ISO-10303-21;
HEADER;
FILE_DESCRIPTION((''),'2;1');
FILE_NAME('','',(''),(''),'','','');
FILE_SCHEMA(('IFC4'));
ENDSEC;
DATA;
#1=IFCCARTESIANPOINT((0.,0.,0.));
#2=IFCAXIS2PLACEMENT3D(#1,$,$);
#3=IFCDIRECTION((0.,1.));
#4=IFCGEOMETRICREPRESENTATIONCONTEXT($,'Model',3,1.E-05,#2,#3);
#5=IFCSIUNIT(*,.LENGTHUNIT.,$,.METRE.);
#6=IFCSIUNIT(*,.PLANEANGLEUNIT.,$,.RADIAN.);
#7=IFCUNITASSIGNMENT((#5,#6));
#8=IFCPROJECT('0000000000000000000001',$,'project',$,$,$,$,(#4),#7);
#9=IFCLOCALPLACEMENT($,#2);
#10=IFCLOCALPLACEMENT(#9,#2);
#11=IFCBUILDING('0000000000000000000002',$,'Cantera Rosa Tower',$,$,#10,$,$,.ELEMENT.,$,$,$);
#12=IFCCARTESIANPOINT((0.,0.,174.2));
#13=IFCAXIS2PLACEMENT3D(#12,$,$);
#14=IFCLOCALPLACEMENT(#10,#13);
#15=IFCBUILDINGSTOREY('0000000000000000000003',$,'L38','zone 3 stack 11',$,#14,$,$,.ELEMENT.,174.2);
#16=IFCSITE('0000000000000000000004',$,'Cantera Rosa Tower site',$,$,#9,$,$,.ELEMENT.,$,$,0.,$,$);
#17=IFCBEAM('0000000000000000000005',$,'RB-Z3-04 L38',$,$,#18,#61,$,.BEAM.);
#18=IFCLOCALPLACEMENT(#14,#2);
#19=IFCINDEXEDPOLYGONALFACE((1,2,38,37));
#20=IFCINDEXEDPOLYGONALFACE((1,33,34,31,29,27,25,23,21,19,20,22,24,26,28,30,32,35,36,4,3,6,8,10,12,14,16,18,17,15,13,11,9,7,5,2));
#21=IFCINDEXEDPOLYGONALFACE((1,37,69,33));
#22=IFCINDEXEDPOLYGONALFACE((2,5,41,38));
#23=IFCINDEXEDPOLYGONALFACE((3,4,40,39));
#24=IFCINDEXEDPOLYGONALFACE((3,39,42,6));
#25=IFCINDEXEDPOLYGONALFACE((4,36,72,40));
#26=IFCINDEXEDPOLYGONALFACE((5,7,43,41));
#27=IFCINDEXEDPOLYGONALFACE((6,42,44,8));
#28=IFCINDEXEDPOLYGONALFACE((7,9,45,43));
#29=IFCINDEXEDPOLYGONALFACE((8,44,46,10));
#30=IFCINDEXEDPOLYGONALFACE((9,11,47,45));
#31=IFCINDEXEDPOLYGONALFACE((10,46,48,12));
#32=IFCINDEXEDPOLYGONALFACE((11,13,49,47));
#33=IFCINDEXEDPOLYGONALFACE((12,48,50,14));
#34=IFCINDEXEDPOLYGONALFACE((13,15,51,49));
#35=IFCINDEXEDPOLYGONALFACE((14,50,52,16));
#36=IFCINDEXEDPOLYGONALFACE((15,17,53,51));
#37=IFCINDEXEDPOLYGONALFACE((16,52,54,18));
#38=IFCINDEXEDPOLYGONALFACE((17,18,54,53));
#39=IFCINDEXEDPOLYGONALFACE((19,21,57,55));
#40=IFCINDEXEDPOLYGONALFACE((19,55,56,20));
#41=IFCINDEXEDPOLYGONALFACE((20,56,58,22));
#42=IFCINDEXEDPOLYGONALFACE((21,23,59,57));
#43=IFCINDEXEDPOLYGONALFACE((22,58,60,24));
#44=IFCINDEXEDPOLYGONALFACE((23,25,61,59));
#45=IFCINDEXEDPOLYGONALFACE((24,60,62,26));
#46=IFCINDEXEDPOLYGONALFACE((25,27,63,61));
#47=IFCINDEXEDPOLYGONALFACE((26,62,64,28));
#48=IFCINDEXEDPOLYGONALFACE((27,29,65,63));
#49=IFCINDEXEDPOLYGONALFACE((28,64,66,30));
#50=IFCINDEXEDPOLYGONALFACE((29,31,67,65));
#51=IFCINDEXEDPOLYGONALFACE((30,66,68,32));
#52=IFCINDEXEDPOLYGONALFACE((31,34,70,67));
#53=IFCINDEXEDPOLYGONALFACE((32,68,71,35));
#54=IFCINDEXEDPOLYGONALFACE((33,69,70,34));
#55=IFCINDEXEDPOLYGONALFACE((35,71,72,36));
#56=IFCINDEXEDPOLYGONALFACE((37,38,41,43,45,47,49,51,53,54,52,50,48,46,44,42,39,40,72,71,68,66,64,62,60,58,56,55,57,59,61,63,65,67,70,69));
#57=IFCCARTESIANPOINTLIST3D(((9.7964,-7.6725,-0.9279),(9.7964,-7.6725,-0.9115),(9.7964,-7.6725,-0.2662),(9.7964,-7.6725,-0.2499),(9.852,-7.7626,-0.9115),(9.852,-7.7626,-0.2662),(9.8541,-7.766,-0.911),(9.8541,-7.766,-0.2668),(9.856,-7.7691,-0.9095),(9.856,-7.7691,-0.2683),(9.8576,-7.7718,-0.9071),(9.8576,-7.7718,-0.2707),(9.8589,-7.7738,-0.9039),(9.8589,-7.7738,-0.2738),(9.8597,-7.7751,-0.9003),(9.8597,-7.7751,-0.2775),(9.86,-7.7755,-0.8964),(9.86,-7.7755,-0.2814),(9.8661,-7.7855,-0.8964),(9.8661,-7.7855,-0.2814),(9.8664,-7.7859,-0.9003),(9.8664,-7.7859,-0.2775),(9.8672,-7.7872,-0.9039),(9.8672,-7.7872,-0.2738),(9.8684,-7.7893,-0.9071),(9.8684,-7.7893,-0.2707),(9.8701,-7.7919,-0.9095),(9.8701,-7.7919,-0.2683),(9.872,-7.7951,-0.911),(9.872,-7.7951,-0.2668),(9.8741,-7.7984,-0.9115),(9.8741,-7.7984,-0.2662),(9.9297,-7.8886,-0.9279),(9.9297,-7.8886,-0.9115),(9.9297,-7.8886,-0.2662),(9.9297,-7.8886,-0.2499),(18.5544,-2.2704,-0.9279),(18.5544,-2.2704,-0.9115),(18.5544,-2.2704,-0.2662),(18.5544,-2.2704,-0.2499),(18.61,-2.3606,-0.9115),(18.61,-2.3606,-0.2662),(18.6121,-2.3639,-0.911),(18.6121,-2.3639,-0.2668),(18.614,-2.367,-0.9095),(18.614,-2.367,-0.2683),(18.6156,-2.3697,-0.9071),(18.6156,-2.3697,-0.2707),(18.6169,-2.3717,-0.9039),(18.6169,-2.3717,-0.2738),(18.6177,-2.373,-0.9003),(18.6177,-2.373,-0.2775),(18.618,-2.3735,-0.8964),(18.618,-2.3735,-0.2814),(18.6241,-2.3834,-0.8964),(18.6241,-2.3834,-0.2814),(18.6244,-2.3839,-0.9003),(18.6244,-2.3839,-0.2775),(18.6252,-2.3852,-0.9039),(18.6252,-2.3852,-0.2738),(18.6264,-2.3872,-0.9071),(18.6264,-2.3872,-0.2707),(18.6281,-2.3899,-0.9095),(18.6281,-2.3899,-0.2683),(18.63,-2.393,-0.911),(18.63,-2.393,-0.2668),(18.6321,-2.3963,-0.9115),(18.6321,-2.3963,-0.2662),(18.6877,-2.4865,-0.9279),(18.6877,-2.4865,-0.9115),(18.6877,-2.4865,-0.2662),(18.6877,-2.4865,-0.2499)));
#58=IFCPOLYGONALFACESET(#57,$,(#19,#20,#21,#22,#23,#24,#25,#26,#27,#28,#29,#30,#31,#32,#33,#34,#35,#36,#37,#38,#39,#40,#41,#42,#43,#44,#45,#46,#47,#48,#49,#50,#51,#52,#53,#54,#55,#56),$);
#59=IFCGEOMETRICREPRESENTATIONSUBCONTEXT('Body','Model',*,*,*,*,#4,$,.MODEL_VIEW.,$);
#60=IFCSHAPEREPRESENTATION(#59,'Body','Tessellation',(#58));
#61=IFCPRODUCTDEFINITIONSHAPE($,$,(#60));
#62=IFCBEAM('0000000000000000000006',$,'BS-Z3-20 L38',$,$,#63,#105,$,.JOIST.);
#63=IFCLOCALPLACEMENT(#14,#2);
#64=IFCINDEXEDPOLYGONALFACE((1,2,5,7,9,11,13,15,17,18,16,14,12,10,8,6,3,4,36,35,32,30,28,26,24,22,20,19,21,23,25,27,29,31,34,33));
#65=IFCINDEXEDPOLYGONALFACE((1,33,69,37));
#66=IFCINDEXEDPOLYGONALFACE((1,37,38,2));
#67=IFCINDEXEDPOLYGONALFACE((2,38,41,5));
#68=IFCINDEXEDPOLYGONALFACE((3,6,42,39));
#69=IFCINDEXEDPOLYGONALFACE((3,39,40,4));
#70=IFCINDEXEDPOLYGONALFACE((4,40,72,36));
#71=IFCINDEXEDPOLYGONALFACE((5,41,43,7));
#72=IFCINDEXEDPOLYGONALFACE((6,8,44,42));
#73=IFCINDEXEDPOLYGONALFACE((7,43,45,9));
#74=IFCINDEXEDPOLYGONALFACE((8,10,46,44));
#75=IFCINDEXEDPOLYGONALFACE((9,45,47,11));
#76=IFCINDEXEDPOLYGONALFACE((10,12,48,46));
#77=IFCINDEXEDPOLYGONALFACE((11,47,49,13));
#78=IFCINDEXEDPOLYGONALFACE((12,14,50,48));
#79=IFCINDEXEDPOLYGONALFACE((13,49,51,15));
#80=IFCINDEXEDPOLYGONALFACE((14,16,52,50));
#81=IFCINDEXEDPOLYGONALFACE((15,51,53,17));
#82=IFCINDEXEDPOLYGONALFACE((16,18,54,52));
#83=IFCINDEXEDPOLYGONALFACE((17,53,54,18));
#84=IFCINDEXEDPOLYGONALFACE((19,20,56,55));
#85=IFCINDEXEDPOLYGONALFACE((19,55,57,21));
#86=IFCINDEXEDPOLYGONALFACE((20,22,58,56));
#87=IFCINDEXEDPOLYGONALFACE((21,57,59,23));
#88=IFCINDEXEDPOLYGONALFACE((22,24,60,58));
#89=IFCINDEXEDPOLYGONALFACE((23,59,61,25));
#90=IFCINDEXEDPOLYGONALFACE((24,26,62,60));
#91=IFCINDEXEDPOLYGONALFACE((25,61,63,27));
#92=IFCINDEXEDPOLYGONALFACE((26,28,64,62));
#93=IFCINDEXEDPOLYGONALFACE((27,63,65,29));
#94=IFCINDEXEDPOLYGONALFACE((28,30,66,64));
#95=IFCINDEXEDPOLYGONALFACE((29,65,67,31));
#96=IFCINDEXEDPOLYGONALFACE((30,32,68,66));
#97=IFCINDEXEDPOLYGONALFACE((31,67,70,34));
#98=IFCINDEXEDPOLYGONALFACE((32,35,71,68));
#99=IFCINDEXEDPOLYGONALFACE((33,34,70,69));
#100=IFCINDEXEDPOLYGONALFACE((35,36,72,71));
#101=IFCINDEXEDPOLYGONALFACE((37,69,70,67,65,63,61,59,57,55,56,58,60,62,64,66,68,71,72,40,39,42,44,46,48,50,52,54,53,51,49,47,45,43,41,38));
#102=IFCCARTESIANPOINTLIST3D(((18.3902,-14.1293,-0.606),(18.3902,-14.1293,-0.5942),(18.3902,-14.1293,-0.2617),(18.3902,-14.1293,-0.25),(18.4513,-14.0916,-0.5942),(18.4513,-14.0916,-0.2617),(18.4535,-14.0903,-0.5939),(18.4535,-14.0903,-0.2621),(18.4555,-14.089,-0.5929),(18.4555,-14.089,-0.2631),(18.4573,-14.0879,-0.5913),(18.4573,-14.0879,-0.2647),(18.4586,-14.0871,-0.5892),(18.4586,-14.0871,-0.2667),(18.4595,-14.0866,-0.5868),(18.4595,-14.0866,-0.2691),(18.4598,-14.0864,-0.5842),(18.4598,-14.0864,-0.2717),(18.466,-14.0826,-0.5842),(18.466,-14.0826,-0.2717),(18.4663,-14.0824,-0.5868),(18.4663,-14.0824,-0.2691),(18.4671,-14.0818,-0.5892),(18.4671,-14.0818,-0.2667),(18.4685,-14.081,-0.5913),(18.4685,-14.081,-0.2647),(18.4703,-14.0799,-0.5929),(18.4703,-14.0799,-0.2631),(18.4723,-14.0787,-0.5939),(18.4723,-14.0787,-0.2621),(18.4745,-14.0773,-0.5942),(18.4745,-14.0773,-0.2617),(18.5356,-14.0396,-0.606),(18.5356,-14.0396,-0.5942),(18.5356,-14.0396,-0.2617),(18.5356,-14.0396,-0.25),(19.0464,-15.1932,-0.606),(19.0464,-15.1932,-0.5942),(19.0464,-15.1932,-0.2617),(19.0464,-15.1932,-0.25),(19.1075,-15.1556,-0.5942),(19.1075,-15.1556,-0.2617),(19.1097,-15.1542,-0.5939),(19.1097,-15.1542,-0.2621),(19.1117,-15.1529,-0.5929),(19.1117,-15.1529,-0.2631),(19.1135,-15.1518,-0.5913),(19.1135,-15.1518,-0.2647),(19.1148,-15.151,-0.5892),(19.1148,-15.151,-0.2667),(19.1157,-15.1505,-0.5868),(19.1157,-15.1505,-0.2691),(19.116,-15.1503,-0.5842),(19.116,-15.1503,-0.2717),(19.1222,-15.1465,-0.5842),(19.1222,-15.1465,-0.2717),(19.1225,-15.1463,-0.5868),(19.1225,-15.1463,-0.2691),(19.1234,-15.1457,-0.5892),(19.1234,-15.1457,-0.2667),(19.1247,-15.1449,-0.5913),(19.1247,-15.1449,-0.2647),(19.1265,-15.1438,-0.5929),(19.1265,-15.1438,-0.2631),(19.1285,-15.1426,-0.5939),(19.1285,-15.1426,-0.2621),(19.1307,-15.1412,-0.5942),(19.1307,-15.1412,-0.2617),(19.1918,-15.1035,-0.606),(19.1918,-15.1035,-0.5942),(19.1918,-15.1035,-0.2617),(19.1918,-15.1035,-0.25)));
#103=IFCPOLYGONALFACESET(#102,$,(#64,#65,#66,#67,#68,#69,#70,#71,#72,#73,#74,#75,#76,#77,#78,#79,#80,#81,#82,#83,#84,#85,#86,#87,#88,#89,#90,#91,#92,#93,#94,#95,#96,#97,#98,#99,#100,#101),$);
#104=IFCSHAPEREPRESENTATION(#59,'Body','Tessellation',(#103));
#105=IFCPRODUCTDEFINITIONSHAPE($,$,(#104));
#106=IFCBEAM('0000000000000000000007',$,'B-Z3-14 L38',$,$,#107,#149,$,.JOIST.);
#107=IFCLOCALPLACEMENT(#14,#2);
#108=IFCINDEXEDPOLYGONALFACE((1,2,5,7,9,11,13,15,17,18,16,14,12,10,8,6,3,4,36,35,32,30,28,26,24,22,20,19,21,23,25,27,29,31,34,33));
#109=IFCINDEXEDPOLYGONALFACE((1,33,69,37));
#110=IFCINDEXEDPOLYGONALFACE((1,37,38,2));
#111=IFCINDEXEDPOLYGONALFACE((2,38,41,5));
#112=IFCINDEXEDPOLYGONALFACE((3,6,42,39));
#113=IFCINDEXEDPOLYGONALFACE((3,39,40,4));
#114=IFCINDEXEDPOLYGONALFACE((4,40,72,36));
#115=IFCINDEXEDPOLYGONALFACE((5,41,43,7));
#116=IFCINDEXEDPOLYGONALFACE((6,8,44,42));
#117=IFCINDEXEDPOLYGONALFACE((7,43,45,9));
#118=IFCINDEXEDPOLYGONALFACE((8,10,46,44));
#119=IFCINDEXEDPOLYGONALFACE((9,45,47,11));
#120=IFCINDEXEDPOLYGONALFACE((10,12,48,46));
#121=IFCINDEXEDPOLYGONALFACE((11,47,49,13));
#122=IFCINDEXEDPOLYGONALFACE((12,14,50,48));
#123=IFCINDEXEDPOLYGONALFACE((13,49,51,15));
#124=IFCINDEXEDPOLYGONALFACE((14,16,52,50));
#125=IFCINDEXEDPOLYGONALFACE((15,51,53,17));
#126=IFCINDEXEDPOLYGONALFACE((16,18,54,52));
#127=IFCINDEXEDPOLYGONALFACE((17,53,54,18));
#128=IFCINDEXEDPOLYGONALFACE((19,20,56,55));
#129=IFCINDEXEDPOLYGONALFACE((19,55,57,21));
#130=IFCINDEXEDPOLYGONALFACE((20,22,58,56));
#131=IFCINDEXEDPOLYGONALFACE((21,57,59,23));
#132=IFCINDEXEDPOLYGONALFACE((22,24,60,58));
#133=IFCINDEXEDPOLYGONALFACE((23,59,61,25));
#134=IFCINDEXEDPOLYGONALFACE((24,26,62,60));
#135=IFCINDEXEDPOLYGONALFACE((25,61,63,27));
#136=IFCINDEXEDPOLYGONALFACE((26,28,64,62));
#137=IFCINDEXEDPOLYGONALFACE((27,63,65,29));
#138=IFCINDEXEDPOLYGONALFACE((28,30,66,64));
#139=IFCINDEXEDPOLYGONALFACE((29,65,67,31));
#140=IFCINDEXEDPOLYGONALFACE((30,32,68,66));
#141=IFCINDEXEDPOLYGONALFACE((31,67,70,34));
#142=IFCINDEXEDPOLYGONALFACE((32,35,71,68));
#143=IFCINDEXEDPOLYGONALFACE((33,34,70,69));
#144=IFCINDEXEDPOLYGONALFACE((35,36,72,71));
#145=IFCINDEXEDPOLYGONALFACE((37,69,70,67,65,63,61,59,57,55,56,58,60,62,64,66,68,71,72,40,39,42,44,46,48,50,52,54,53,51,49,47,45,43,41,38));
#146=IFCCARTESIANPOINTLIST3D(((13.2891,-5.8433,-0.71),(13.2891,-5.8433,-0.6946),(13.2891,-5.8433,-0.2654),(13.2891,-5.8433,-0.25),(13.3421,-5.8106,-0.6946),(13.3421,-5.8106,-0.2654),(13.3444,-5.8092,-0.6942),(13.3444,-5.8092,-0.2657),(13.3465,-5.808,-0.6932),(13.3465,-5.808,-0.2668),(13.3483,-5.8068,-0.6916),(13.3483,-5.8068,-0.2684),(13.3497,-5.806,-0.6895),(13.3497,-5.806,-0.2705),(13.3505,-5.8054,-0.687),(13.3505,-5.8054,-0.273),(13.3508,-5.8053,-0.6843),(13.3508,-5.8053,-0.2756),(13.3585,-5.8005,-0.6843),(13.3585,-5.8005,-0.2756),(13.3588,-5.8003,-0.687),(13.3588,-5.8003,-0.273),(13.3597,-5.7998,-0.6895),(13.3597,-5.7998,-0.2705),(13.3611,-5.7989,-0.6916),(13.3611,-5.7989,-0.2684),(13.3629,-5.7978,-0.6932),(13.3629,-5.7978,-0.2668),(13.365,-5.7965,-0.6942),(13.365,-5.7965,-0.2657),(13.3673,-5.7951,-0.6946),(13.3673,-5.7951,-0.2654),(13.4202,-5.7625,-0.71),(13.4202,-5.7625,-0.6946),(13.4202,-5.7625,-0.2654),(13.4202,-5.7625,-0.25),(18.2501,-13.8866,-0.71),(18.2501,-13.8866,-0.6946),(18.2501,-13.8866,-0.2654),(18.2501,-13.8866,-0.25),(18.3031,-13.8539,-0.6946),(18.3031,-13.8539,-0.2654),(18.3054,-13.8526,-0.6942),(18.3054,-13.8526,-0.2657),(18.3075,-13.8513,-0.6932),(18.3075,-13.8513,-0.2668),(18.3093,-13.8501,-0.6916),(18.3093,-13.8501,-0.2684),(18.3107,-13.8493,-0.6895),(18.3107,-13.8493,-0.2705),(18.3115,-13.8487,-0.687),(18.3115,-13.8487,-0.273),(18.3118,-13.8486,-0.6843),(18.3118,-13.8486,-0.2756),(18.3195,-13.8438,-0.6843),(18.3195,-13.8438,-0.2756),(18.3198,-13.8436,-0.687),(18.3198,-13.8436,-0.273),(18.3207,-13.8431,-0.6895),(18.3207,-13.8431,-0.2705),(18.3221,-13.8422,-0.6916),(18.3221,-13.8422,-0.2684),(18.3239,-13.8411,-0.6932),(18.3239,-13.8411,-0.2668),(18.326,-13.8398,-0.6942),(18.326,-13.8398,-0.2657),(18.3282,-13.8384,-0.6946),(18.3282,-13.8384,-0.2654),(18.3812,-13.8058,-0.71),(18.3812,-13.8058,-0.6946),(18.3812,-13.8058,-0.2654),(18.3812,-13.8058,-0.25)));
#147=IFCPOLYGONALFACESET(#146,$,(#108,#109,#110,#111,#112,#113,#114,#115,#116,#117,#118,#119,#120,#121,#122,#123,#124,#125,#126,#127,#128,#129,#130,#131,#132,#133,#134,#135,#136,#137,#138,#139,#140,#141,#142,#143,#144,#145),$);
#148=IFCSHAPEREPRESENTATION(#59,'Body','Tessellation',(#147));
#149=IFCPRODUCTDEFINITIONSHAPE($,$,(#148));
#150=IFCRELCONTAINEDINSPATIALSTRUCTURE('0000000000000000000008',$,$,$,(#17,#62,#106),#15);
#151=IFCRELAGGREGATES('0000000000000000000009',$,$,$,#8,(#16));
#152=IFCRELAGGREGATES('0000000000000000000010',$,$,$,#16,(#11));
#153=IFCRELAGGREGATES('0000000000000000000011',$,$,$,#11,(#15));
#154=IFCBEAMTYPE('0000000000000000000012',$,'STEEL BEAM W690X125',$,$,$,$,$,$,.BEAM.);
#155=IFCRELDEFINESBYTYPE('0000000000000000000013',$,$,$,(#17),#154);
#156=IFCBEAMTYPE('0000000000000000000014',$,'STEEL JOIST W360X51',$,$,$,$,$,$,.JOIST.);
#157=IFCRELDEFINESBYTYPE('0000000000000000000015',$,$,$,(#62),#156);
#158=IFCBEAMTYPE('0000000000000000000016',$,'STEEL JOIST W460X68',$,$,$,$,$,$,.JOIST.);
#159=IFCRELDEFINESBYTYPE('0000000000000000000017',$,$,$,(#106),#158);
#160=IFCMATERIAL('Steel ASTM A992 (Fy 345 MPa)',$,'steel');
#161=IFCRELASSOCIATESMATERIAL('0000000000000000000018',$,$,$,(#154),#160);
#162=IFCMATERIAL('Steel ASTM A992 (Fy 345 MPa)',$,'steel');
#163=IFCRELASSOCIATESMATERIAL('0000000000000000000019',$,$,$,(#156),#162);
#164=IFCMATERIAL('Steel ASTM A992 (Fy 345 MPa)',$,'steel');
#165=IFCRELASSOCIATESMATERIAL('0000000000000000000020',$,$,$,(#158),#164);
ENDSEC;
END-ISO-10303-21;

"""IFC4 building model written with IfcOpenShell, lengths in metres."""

from ifc_helpers import new_model, si_unit, direction, frame, origin, origin_2d, place, context, subcontext, project, spatial, i_section, extrude, material, material_profile, profile_set, type_object, element, save


model = new_model("IFC4")

# Units and contexts
model_context = context("Model", 3, precision=1e-05, world=origin(), true_north=direction((0.0, 1.0)))
body_context = subcontext(model_context, "Body", "Model", "MODEL_VIEW")
ifc_project = project(units=[si_unit("LENGTHUNIT", "METRE"), si_unit("PLANEANGLEUNIT", "RADIAN")], contexts=[model_context])

# Site, building, storey
site_placement = place(None, origin())
site = spatial("IfcSite", under=ifc_project, at=site_placement, Name="Cantera Rosa Tower site", CompositionType="ELEMENT", RefElevation=0.0)
building_placement = place(site_placement, origin())
building = spatial("IfcBuilding", under=site, at=building_placement, Name="Cantera Rosa Tower", CompositionType="ELEMENT")
storey_placement = place(building_placement, frame((0.0, 0.0, 174.2)))
storey = spatial("IfcBuildingStorey", under=building, at=storey_placement, Name="L38", Description="zone 3 stack 11", CompositionType="ELEMENT", Elevation=174.2)

# Beams
ifc_material_1 = material(Name="Steel ASTM A992 (Fy 345 MPa)", Category="steel")
ifc_material_profile_1 = material_profile(ifc_material_1, i_section(OverallWidth=0.2539, OverallDepth=0.678, WebThickness=0.0117, FlangeThickness=0.0164, FilletRadius=0.0151, at=origin_2d()), Name="W690X125")
ifc_profile_set_1 = profile_set([ifc_material_profile_1], Name="Steel ASTM A992 (Fy 345 MPa)")
beam_type_1 = type_object("IfcBeamType", Name="STEEL BEAM W690X125", PredefinedType="BEAM", material=ifc_profile_set_1)
beam_1_placement = place(storey_placement, frame((9.863, -7.7805, -0.5889), z_axis=(0.851115, 0.52498, 0.0), x_axis=(-0.52498, 0.851115, 0.0)))
element("IfcBeam", 1, at=beam_1_placement, inside=storey, type_object=beam_type_1, Name="RB-Z3-04 L38", PredefinedType="BEAM", context=body_context, shape_type="SweptSolid", body=[
    extrude(i_section(OverallWidth=0.2539, OverallDepth=0.678, WebThickness=0.0117, FlangeThickness=0.0164, FilletRadius=0.0151, at=origin_2d()), origin(), (0.0, 0.0, 1.0), 10.29),
])
ifc_material_2 = material(Name="Steel ASTM A992 (Fy 345 MPa)", Category="steel")
ifc_material_profile_2 = material_profile(ifc_material_2, i_section(OverallWidth=0.1709, OverallDepth=0.356, WebThickness=0.0073, FlangeThickness=0.0117, FilletRadius=0.01, at=origin_2d()), Name="W360X51")
ifc_profile_set_2 = profile_set([ifc_material_profile_2], Name="Steel ASTM A992 (Fy 345 MPa)")
beam_type_2 = type_object("IfcBeamType", Name="STEEL JOIST W360X51", PredefinedType="JOIST", material=ifc_profile_set_2)
beam_2_placement = place(storey_placement, frame((18.4629, -14.0845, -0.428), z_axis=(0.524969, -0.851121, 0.0), x_axis=(0.851121, 0.524969, 0.0)))
element("IfcBeam", 2, at=beam_2_placement, inside=storey, type_object=beam_type_2, Name="BS-Z3-20 L38", PredefinedType="JOIST", context=body_context, shape_type="SweptSolid", body=[
    extrude(i_section(OverallWidth=0.1709, OverallDepth=0.356, WebThickness=0.0073, FlangeThickness=0.0117, FilletRadius=0.01, at=origin_2d()), origin(), (0.0, 0.0, 1.0), 1.25),
])
ifc_material_3 = material(Name="Steel ASTM A992 (Fy 345 MPa)", Category="steel")
ifc_material_profile_3 = material_profile(ifc_material_3, i_section(OverallWidth=0.1541, OverallDepth=0.46, WebThickness=0.009, FlangeThickness=0.0154, FilletRadius=0.0103, at=origin_2d()), Name="W460X68")
ifc_profile_set_3 = profile_set([ifc_material_profile_3], Name="Steel ASTM A992 (Fy 345 MPa)")
beam_type_3 = type_object("IfcBeamType", Name="STEEL JOIST W460X68", PredefinedType="JOIST", material=ifc_profile_set_3)
beam_3_placement = place(storey_placement, frame((18.3157, -13.8462, -0.48), z_axis=(-0.524962, 0.851126, 0.0), x_axis=(-0.851126, -0.524962, 0.0)))
element("IfcBeam", 3, at=beam_3_placement, inside=storey, type_object=beam_type_3, Name="B-Z3-14 L38", PredefinedType="JOIST", context=body_context, shape_type="SweptSolid", body=[
    extrude(i_section(OverallWidth=0.1541, OverallDepth=0.46, WebThickness=0.009, FlangeThickness=0.0154, FilletRadius=0.0103, at=origin_2d()), origin(), (0.0, 0.0, 1.0), 9.4502),
])

save(model, "model.ifc")
